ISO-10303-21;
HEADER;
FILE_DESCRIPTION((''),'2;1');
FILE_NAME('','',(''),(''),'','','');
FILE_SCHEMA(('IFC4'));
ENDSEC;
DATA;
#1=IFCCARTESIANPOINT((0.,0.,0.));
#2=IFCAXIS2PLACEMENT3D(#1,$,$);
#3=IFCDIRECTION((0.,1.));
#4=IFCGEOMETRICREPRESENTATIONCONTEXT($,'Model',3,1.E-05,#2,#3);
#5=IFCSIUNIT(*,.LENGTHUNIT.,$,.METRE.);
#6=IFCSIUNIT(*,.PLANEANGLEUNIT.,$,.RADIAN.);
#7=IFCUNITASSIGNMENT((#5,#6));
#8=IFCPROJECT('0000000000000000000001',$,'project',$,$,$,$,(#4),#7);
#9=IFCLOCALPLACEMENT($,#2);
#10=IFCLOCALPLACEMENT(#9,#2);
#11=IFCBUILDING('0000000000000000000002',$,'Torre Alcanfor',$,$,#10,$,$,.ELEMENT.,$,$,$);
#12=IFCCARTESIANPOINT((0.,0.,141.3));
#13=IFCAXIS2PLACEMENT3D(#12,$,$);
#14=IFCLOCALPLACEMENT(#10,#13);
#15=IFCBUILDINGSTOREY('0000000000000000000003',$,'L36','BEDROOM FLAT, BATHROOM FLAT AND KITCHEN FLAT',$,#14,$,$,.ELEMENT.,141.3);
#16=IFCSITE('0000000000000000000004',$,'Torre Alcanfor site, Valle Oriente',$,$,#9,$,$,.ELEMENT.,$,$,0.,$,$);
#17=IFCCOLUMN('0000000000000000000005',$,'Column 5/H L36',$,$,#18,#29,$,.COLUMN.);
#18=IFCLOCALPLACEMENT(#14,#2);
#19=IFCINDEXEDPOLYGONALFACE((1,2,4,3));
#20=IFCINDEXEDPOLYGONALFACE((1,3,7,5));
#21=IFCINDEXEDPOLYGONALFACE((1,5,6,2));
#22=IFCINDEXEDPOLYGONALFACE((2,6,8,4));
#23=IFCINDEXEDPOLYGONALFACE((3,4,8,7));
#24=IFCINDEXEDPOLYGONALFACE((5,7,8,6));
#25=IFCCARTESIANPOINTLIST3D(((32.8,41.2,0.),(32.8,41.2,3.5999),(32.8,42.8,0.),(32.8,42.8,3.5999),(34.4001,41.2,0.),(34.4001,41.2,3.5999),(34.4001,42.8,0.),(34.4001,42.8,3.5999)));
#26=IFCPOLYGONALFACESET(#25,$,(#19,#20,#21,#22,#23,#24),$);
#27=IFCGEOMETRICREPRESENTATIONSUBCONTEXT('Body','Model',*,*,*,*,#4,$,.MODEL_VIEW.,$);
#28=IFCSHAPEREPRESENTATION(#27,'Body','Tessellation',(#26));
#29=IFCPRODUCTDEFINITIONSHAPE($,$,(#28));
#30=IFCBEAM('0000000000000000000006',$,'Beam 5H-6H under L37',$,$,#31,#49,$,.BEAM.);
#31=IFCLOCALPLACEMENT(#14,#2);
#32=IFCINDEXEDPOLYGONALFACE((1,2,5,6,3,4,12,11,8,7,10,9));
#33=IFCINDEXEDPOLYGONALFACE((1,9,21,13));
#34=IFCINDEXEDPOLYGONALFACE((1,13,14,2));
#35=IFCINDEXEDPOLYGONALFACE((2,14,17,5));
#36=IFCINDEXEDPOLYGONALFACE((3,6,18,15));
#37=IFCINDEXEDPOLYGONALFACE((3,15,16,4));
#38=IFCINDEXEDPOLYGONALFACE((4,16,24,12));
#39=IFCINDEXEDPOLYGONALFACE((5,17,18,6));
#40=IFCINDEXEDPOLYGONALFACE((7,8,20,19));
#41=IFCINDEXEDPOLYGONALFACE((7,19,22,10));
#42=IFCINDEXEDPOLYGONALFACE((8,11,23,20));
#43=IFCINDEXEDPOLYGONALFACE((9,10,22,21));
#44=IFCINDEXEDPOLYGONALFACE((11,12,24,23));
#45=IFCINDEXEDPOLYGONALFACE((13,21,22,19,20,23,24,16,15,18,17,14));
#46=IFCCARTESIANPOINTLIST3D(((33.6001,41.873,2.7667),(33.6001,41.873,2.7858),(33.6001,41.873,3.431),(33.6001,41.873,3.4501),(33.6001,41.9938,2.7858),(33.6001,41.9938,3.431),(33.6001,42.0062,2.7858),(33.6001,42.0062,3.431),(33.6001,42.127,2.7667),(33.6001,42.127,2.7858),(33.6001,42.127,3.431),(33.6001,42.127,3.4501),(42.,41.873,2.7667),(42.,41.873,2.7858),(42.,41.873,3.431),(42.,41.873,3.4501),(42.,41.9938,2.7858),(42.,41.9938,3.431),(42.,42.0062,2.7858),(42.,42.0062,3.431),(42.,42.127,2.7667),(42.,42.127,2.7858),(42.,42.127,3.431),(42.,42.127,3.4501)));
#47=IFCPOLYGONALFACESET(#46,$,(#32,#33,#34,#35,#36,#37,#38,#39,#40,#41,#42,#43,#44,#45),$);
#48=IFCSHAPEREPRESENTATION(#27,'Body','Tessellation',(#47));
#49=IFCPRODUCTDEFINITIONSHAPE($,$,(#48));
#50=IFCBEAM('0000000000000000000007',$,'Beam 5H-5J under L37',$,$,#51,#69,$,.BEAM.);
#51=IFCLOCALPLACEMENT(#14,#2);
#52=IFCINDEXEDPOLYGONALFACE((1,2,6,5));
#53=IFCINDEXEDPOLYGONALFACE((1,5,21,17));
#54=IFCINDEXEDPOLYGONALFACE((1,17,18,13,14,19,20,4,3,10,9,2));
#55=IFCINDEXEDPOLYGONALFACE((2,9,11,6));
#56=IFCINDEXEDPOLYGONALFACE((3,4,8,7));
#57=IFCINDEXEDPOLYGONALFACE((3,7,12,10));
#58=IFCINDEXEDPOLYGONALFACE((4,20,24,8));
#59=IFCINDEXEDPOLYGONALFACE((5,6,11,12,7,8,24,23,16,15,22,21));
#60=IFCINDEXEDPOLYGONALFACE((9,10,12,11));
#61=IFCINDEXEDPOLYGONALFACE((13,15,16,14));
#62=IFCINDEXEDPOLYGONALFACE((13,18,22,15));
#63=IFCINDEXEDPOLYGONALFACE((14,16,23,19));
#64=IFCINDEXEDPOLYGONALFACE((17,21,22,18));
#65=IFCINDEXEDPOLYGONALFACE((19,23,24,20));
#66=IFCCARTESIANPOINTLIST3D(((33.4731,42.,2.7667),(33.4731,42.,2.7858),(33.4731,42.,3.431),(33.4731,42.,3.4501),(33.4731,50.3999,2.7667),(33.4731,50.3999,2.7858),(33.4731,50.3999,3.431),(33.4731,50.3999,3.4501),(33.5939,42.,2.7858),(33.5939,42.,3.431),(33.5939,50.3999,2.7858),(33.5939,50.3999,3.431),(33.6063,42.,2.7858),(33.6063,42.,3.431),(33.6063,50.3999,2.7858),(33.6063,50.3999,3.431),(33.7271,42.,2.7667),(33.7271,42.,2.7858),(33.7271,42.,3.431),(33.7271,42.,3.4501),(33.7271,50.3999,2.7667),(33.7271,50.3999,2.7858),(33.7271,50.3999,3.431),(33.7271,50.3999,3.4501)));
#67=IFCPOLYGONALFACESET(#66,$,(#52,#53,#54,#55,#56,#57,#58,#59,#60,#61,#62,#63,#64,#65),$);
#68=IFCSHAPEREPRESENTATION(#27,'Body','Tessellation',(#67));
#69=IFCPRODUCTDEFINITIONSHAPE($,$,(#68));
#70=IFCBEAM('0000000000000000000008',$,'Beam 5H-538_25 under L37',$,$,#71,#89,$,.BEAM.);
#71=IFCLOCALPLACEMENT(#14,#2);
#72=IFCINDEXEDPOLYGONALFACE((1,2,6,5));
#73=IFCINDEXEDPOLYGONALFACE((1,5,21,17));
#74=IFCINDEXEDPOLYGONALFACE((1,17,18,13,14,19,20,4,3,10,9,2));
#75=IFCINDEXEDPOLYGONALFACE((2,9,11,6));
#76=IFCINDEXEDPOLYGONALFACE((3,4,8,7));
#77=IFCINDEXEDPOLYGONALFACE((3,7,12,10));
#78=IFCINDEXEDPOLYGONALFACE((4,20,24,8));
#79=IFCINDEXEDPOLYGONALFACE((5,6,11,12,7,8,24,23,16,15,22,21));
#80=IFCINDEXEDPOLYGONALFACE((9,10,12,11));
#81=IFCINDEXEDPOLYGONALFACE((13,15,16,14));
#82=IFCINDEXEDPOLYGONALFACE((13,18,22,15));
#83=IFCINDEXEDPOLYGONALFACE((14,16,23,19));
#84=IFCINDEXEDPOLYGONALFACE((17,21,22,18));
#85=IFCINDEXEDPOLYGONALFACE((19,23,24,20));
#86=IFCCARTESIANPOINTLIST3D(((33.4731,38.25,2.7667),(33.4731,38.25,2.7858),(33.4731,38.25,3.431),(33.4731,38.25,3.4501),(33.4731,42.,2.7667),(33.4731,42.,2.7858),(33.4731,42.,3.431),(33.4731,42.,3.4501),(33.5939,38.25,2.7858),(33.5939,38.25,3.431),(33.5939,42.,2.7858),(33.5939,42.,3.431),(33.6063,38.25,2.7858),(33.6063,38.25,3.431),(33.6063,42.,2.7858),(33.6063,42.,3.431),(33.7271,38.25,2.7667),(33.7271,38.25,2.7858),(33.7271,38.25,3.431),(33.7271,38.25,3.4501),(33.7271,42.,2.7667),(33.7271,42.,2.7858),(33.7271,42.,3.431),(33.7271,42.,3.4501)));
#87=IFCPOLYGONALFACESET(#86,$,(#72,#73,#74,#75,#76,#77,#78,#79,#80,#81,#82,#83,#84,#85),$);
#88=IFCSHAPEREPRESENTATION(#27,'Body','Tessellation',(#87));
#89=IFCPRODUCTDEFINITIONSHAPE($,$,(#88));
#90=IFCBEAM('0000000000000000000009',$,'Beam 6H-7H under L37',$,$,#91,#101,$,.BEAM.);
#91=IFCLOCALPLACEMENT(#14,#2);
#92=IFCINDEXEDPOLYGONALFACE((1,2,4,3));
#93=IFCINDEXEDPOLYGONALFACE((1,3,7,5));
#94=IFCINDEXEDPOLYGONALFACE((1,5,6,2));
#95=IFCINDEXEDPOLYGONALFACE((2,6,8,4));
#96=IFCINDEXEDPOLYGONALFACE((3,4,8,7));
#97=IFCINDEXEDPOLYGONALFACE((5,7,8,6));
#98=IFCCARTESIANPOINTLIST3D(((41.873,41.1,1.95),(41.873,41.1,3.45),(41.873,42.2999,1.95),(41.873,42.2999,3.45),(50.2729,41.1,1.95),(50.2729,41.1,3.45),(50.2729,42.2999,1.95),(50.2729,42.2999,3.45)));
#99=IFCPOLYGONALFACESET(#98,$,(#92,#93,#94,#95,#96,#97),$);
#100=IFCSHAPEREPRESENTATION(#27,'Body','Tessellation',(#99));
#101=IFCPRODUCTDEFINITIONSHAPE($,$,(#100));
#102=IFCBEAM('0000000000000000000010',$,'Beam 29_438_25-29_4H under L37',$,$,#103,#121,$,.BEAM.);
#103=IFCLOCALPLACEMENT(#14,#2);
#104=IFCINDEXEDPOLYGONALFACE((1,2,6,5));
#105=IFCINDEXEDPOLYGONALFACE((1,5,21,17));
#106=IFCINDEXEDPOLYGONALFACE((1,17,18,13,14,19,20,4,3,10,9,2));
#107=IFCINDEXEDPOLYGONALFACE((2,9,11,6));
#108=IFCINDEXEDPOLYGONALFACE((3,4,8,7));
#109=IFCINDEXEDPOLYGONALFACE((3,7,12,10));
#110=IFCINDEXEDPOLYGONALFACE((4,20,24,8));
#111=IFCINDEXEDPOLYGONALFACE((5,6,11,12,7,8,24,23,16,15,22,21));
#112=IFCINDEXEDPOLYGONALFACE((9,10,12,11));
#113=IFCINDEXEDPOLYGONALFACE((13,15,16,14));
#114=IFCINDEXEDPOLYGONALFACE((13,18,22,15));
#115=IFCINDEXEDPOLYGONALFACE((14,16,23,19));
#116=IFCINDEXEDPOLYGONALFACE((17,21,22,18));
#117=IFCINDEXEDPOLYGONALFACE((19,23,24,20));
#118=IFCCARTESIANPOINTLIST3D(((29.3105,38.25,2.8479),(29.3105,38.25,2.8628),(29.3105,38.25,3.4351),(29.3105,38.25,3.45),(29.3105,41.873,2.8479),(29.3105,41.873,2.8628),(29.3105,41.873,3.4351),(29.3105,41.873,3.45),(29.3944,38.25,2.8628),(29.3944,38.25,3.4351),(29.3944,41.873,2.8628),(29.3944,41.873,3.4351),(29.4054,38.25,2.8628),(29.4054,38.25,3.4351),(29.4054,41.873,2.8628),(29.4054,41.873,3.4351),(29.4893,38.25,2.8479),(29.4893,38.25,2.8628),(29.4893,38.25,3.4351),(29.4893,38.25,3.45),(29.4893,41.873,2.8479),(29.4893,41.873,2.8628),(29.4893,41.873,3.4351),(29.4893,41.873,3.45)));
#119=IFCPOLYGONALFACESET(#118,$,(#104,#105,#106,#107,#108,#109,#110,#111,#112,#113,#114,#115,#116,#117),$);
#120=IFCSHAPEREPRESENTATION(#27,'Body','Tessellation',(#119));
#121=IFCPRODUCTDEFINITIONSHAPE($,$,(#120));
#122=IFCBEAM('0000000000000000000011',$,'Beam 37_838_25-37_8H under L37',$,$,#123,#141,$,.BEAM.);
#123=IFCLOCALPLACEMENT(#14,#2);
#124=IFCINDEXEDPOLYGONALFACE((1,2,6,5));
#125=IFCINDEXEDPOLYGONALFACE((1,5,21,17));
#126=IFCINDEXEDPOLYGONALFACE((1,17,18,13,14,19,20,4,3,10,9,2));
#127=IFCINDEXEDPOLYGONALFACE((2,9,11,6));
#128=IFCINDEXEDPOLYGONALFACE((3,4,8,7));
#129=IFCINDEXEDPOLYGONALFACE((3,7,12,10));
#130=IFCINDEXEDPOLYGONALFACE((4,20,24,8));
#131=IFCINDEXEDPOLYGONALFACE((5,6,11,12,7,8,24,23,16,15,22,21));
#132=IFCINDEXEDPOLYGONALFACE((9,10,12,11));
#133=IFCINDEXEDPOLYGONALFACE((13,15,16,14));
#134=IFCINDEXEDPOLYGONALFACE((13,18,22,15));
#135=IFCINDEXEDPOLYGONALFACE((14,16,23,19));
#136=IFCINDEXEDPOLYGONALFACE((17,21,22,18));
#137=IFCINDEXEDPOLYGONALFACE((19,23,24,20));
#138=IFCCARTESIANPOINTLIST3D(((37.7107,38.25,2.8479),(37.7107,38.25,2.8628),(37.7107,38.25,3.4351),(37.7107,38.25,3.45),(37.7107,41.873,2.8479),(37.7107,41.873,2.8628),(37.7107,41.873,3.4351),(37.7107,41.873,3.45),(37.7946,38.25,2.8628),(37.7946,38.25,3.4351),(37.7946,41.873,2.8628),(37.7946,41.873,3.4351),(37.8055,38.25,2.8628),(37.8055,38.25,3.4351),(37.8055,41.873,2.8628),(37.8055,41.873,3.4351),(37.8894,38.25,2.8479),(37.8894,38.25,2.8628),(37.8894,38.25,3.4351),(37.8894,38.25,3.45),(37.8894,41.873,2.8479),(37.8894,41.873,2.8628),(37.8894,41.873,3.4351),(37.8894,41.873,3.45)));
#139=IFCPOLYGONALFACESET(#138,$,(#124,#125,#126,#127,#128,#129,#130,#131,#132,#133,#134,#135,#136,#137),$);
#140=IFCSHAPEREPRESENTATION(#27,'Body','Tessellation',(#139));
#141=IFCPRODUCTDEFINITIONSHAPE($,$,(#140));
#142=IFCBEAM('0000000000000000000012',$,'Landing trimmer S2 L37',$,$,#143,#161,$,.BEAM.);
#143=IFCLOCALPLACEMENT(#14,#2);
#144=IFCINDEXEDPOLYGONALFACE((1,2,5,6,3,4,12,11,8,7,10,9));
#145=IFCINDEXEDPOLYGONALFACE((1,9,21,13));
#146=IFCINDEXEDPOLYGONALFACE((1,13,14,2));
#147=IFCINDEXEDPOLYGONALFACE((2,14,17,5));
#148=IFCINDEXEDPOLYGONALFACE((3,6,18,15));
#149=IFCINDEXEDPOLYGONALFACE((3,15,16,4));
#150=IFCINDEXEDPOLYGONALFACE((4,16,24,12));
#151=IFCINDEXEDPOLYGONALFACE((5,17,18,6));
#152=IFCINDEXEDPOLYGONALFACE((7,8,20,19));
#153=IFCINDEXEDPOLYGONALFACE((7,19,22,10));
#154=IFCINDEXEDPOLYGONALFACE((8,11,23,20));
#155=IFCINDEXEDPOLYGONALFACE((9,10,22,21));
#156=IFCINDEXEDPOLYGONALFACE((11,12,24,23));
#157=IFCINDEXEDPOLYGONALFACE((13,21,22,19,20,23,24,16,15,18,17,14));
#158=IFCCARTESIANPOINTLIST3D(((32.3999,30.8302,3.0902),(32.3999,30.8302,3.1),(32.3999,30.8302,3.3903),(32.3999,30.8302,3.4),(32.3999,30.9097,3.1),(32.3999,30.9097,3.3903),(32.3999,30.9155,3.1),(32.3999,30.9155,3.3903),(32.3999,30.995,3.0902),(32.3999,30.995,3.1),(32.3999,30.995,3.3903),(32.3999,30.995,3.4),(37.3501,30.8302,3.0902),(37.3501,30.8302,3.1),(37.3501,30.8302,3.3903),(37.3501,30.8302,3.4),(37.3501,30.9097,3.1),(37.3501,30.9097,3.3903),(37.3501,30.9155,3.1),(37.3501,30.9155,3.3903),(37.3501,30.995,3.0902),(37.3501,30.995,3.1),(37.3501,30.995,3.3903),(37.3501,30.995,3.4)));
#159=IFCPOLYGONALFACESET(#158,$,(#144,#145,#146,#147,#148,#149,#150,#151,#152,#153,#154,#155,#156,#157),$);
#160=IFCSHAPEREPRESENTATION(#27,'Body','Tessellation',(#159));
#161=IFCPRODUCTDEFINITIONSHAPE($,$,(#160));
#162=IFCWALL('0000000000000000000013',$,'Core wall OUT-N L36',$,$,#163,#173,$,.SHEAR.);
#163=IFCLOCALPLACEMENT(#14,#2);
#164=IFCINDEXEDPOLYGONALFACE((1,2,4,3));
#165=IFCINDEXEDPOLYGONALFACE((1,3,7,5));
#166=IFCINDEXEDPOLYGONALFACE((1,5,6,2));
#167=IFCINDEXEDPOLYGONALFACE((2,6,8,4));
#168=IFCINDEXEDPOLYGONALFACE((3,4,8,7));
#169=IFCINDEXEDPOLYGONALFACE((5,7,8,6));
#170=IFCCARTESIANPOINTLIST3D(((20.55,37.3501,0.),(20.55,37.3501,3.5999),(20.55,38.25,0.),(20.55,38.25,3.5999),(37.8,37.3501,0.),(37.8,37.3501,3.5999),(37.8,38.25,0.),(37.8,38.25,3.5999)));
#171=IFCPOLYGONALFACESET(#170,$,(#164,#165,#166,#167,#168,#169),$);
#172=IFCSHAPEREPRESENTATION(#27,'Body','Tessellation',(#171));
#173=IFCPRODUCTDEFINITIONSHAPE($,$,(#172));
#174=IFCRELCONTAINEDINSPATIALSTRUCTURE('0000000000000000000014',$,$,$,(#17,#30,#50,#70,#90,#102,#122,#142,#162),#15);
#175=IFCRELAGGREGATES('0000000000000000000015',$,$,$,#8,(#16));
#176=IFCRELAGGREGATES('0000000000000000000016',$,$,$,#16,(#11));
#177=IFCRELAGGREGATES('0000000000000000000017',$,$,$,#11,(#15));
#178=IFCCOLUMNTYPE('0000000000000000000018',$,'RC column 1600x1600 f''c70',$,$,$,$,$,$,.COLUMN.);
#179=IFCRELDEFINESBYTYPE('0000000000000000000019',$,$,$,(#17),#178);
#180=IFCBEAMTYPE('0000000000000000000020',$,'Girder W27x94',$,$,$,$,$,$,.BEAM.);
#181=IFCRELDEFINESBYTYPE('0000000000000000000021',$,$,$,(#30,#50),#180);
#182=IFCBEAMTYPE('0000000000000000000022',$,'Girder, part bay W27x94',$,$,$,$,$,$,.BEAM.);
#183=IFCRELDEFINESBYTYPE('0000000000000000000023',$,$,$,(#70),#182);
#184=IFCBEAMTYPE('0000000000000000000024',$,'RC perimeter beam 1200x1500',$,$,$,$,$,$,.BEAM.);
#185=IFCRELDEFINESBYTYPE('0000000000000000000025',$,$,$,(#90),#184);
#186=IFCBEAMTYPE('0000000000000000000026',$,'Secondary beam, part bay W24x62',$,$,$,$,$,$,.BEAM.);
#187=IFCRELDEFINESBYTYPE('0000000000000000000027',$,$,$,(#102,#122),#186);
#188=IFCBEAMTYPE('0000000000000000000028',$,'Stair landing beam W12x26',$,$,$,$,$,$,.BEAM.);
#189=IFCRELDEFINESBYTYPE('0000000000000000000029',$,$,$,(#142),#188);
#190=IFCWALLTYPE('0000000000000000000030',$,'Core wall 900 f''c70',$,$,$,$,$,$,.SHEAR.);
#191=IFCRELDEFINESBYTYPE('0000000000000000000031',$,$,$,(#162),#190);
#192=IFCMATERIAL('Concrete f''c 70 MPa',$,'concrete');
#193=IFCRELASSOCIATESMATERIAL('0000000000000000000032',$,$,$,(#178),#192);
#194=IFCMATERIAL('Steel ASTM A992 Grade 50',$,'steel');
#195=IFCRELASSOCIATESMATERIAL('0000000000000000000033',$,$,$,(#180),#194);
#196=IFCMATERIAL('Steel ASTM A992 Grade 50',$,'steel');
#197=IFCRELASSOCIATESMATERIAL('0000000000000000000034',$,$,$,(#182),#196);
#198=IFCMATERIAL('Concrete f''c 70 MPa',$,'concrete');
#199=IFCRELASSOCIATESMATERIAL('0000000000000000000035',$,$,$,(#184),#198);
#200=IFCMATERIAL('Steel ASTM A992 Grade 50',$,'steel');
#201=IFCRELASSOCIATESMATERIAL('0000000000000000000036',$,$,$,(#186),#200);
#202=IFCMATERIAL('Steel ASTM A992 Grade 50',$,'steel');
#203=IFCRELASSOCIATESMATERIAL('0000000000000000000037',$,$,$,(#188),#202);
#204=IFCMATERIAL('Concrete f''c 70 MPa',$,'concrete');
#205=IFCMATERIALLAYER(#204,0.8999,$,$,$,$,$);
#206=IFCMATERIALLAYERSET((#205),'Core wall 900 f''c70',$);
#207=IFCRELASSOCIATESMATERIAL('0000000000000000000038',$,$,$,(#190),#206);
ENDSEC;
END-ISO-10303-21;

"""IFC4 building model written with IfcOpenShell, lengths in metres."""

from ifc_helpers import new_model, si_unit, direction, frame, frame_2d, origin, origin_2d, place, context, subcontext, project, spatial, rectangle, i_section, extrude, material, layer, layer_set, material_profile, profile_set, type_object, element, save


model = new_model("IFC4")

# Units and contexts
model_context = context("Model", 3, precision=1e-05, world=origin(), true_north=direction((0.0, 1.0)))
body_context = subcontext(model_context, "Body", "Model", "MODEL_VIEW")
ifc_project = project(units=[si_unit("LENGTHUNIT", "METRE"), si_unit("PLANEANGLEUNIT", "RADIAN")], contexts=[model_context])

# Site, building, storey
site_placement = place(None, origin())
site = spatial("IfcSite", under=ifc_project, at=site_placement, Name="Torre Alcanfor site, Valle Oriente", CompositionType="ELEMENT", RefElevation=0.0)
building_placement = place(site_placement, origin())
building = spatial("IfcBuilding", under=site, at=building_placement, Name="Torre Alcanfor", CompositionType="ELEMENT")
storey_placement = place(building_placement, frame((0.0, 0.0, 141.3)))
storey = spatial("IfcBuildingStorey", under=building, at=storey_placement, Name="L36", Description="BEDROOM FLAT, BATHROOM FLAT AND KITCHEN FLAT", CompositionType="ELEMENT", Elevation=141.3)

# Column
ifc_material_1 = material(Name="Concrete f'c 70 MPa", Category="concrete")
ifc_material_profile_1 = material_profile(ifc_material_1, rectangle(XDim=1.6001, YDim=1.6001, at=origin_2d()), Name="1600x1600")
ifc_profile_set_1 = profile_set([ifc_material_profile_1], Name="Concrete f'c 70 MPa")
column_type = type_object("IfcColumnType", Name="RC column 1600x1600 f'c70", PredefinedType="COLUMN", material=ifc_profile_set_1)
column_placement = place(storey_placement, frame((33.6001, 42.0, 0.0), z_axis=(0.0, 0.0, 1.0), x_axis=(1.0, 0.0, 0.0)))
element("IfcColumn", 1, at=column_placement, inside=storey, type_object=column_type, Name="Column 5/H L36", PredefinedType="COLUMN", context=body_context, shape_type="SweptSolid", body=[
    extrude(rectangle(XDim=1.6001, YDim=1.6001, at=origin_2d()), origin(), (0.0, 0.0, 1.0), 3.5999),
])

# Beams
ifc_material_2 = material(Name="Steel ASTM A992 Grade 50", Category="steel")
ifc_material_profile_2 = material_profile(ifc_material_2, i_section(OverallWidth=0.2539, OverallDepth=0.6833, WebThickness=0.0125, FlangeThickness=0.019, at=origin_2d()), Name="W27x94")
ifc_profile_set_2 = profile_set([ifc_material_profile_2], Name="Steel ASTM A992 Grade 50")
beam_type_1 = type_object("IfcBeamType", Name="Girder W27x94", PredefinedType="BEAM", material=ifc_profile_set_2)
for number, where, z_axis, x_axis, name in (
    (2, (33.6001, 42.0, 3.1084), (1.0, 0.0, 0.0), (0.0, 1.0, 0.0), "Beam 5H-6H under L37"),
    (3, (33.6001, 42.0, 3.1084), (0.0, 1.0, 0.0), (-1.0, 0.0, 0.0), "Beam 5H-5J under L37"),
):
    element("IfcBeam", number, at=place(storey_placement, frame(where, z_axis=z_axis, x_axis=x_axis)), inside=storey, type_object=beam_type_1, Name=name, PredefinedType="BEAM", context=body_context, shape_type="SweptSolid", body=[
        extrude(i_section(OverallWidth=0.2539, OverallDepth=0.6833, WebThickness=0.0125, FlangeThickness=0.019, at=origin_2d()), origin(), (0.0, 0.0, 1.0), 8.3999),
    ])
ifc_material_3 = material(Name="Steel ASTM A992 Grade 50", Category="steel")
ifc_material_profile_3 = material_profile(ifc_material_3, i_section(OverallWidth=0.2539, OverallDepth=0.6833, WebThickness=0.0125, FlangeThickness=0.019, at=origin_2d()), Name="W27x94")
ifc_profile_set_3 = profile_set([ifc_material_profile_3], Name="Steel ASTM A992 Grade 50")
beam_type_2 = type_object("IfcBeamType", Name="Girder, part bay W27x94", PredefinedType="BEAM", material=ifc_profile_set_3)
beam_1_placement = place(storey_placement, frame((33.6001, 42.0, 3.1084), z_axis=(0.0, -1.0, 0.0), x_axis=(1.0, 0.0, 0.0)))
element("IfcBeam", 4, at=beam_1_placement, inside=storey, type_object=beam_type_2, Name="Beam 5H-538_25 under L37", PredefinedType="BEAM", context=body_context, shape_type="SweptSolid", body=[
    extrude(i_section(OverallWidth=0.2539, OverallDepth=0.6833, WebThickness=0.0125, FlangeThickness=0.019, at=origin_2d()), origin(), (0.0, 0.0, 1.0), 3.75),
])
ifc_material_4 = material(Name="Concrete f'c 70 MPa", Category="concrete")
ifc_material_profile_4 = material_profile(ifc_material_4, rectangle(XDim=1.2, YDim=1.5, at=origin_2d()), Name="1200x1500")
ifc_profile_set_4 = profile_set([ifc_material_profile_4], Name="Concrete f'c 70 MPa")
beam_type_3 = type_object("IfcBeamType", Name="RC perimeter beam 1200x1500", PredefinedType="BEAM", material=ifc_profile_set_4)
beam_2_placement = place(storey_placement, frame((41.873, 41.7, 2.7), z_axis=(1.0, 0.0, 0.0), x_axis=(0.0, 1.0, 0.0)))
element("IfcBeam", 5, at=beam_2_placement, inside=storey, type_object=beam_type_3, Name="Beam 6H-7H under L37", PredefinedType="BEAM", context=body_context, shape_type="SweptSolid", body=[
    extrude(rectangle(XDim=1.2, YDim=1.5, at=origin_2d()), origin(), (0.0, 0.0, 1.0), 8.3999),
])
ifc_material_5 = material(Name="Steel ASTM A992 Grade 50", Category="steel")
ifc_material_profile_5 = material_profile(ifc_material_5, i_section(OverallWidth=0.1787, OverallDepth=0.6021, WebThickness=0.011, FlangeThickness=0.0149, at=origin_2d()), Name="W24x62")
ifc_profile_set_5 = profile_set([ifc_material_profile_5], Name="Steel ASTM A992 Grade 50")
beam_type_4 = type_object("IfcBeamType", Name="Secondary beam, part bay W24x62", PredefinedType="BEAM", material=ifc_profile_set_5)
for number, where, z_axis, x_axis, name in (
    (6, (29.3999, 38.25, 3.1489), (0.0, 1.0, 0.0), (-1.0, 0.0, 0.0), "Beam 29_438_25-29_4H under L37"),
    (7, (37.8, 38.25, 3.1489), (0.0, 1.0, 0.0), (-1.0, 0.0, 0.0), "Beam 37_838_25-37_8H under L37"),
):
    element("IfcBeam", number, at=place(storey_placement, frame(where, z_axis=z_axis, x_axis=x_axis)), inside=storey, type_object=beam_type_4, Name=name, PredefinedType="BEAM", context=body_context, shape_type="SweptSolid", body=[
        extrude(i_section(OverallWidth=0.1787, OverallDepth=0.6021, WebThickness=0.011, FlangeThickness=0.0149, at=origin_2d()), origin(), (0.0, 0.0, 1.0), 3.623),
    ])
ifc_material_6 = material(Name="Steel ASTM A992 Grade 50", Category="steel")
ifc_material_profile_6 = material_profile(ifc_material_6, i_section(OverallWidth=0.1648, OverallDepth=0.3098, WebThickness=0.0059, FlangeThickness=0.0098, at=origin_2d()), Name="W12x26")
ifc_profile_set_6 = profile_set([ifc_material_profile_6], Name="Steel ASTM A992 Grade 50")
beam_type_5 = type_object("IfcBeamType", Name="Stair landing beam W12x26", PredefinedType="BEAM", material=ifc_profile_set_6)
beam_3_placement = place(storey_placement, frame((32.3999, 30.9126, 3.2451), z_axis=(1.0, 0.0, 0.0), x_axis=(0.0, 1.0, 0.0)))
element("IfcBeam", 8, at=beam_3_placement, inside=storey, type_object=beam_type_5, Name="Landing trimmer S2 L37", PredefinedType="BEAM", context=body_context, shape_type="SweptSolid", body=[
    extrude(i_section(OverallWidth=0.1648, OverallDepth=0.3098, WebThickness=0.0059, FlangeThickness=0.0098, at=origin_2d()), origin(), (0.0, 0.0, 1.0), 4.9502),
])

# Wall
ifc_material_7 = material(Name="Concrete f'c 70 MPa", Category="concrete")
ifc_layer_1 = layer(ifc_material_7, 0.8999)
ifc_layer_set_1 = layer_set([ifc_layer_1], Name="Core wall 900 f'c70")
wall_type_1 = type_object("IfcWallType", Name="Core wall 900 f'c70", PredefinedType="SHEAR", material=ifc_layer_set_1)
wall_1_placement = place(storey_placement, frame((37.8, 37.8, 0.0), z_axis=(0.0, 0.0, 1.0), x_axis=(-1.0, 0.0, 0.0)))
element("IfcWall", 9, at=wall_1_placement, inside=storey, type_object=wall_type_1, Name="Core wall OUT-N L36", PredefinedType="SHEAR", context=body_context, shape_type="SweptSolid", body=[
    extrude(rectangle(XDim=17.25, YDim=0.8999, at=frame_2d((8.625, 0.0))), origin(), (0.0, 0.0, 1.0), 3.5999),
])

save(model, "model.ifc")
